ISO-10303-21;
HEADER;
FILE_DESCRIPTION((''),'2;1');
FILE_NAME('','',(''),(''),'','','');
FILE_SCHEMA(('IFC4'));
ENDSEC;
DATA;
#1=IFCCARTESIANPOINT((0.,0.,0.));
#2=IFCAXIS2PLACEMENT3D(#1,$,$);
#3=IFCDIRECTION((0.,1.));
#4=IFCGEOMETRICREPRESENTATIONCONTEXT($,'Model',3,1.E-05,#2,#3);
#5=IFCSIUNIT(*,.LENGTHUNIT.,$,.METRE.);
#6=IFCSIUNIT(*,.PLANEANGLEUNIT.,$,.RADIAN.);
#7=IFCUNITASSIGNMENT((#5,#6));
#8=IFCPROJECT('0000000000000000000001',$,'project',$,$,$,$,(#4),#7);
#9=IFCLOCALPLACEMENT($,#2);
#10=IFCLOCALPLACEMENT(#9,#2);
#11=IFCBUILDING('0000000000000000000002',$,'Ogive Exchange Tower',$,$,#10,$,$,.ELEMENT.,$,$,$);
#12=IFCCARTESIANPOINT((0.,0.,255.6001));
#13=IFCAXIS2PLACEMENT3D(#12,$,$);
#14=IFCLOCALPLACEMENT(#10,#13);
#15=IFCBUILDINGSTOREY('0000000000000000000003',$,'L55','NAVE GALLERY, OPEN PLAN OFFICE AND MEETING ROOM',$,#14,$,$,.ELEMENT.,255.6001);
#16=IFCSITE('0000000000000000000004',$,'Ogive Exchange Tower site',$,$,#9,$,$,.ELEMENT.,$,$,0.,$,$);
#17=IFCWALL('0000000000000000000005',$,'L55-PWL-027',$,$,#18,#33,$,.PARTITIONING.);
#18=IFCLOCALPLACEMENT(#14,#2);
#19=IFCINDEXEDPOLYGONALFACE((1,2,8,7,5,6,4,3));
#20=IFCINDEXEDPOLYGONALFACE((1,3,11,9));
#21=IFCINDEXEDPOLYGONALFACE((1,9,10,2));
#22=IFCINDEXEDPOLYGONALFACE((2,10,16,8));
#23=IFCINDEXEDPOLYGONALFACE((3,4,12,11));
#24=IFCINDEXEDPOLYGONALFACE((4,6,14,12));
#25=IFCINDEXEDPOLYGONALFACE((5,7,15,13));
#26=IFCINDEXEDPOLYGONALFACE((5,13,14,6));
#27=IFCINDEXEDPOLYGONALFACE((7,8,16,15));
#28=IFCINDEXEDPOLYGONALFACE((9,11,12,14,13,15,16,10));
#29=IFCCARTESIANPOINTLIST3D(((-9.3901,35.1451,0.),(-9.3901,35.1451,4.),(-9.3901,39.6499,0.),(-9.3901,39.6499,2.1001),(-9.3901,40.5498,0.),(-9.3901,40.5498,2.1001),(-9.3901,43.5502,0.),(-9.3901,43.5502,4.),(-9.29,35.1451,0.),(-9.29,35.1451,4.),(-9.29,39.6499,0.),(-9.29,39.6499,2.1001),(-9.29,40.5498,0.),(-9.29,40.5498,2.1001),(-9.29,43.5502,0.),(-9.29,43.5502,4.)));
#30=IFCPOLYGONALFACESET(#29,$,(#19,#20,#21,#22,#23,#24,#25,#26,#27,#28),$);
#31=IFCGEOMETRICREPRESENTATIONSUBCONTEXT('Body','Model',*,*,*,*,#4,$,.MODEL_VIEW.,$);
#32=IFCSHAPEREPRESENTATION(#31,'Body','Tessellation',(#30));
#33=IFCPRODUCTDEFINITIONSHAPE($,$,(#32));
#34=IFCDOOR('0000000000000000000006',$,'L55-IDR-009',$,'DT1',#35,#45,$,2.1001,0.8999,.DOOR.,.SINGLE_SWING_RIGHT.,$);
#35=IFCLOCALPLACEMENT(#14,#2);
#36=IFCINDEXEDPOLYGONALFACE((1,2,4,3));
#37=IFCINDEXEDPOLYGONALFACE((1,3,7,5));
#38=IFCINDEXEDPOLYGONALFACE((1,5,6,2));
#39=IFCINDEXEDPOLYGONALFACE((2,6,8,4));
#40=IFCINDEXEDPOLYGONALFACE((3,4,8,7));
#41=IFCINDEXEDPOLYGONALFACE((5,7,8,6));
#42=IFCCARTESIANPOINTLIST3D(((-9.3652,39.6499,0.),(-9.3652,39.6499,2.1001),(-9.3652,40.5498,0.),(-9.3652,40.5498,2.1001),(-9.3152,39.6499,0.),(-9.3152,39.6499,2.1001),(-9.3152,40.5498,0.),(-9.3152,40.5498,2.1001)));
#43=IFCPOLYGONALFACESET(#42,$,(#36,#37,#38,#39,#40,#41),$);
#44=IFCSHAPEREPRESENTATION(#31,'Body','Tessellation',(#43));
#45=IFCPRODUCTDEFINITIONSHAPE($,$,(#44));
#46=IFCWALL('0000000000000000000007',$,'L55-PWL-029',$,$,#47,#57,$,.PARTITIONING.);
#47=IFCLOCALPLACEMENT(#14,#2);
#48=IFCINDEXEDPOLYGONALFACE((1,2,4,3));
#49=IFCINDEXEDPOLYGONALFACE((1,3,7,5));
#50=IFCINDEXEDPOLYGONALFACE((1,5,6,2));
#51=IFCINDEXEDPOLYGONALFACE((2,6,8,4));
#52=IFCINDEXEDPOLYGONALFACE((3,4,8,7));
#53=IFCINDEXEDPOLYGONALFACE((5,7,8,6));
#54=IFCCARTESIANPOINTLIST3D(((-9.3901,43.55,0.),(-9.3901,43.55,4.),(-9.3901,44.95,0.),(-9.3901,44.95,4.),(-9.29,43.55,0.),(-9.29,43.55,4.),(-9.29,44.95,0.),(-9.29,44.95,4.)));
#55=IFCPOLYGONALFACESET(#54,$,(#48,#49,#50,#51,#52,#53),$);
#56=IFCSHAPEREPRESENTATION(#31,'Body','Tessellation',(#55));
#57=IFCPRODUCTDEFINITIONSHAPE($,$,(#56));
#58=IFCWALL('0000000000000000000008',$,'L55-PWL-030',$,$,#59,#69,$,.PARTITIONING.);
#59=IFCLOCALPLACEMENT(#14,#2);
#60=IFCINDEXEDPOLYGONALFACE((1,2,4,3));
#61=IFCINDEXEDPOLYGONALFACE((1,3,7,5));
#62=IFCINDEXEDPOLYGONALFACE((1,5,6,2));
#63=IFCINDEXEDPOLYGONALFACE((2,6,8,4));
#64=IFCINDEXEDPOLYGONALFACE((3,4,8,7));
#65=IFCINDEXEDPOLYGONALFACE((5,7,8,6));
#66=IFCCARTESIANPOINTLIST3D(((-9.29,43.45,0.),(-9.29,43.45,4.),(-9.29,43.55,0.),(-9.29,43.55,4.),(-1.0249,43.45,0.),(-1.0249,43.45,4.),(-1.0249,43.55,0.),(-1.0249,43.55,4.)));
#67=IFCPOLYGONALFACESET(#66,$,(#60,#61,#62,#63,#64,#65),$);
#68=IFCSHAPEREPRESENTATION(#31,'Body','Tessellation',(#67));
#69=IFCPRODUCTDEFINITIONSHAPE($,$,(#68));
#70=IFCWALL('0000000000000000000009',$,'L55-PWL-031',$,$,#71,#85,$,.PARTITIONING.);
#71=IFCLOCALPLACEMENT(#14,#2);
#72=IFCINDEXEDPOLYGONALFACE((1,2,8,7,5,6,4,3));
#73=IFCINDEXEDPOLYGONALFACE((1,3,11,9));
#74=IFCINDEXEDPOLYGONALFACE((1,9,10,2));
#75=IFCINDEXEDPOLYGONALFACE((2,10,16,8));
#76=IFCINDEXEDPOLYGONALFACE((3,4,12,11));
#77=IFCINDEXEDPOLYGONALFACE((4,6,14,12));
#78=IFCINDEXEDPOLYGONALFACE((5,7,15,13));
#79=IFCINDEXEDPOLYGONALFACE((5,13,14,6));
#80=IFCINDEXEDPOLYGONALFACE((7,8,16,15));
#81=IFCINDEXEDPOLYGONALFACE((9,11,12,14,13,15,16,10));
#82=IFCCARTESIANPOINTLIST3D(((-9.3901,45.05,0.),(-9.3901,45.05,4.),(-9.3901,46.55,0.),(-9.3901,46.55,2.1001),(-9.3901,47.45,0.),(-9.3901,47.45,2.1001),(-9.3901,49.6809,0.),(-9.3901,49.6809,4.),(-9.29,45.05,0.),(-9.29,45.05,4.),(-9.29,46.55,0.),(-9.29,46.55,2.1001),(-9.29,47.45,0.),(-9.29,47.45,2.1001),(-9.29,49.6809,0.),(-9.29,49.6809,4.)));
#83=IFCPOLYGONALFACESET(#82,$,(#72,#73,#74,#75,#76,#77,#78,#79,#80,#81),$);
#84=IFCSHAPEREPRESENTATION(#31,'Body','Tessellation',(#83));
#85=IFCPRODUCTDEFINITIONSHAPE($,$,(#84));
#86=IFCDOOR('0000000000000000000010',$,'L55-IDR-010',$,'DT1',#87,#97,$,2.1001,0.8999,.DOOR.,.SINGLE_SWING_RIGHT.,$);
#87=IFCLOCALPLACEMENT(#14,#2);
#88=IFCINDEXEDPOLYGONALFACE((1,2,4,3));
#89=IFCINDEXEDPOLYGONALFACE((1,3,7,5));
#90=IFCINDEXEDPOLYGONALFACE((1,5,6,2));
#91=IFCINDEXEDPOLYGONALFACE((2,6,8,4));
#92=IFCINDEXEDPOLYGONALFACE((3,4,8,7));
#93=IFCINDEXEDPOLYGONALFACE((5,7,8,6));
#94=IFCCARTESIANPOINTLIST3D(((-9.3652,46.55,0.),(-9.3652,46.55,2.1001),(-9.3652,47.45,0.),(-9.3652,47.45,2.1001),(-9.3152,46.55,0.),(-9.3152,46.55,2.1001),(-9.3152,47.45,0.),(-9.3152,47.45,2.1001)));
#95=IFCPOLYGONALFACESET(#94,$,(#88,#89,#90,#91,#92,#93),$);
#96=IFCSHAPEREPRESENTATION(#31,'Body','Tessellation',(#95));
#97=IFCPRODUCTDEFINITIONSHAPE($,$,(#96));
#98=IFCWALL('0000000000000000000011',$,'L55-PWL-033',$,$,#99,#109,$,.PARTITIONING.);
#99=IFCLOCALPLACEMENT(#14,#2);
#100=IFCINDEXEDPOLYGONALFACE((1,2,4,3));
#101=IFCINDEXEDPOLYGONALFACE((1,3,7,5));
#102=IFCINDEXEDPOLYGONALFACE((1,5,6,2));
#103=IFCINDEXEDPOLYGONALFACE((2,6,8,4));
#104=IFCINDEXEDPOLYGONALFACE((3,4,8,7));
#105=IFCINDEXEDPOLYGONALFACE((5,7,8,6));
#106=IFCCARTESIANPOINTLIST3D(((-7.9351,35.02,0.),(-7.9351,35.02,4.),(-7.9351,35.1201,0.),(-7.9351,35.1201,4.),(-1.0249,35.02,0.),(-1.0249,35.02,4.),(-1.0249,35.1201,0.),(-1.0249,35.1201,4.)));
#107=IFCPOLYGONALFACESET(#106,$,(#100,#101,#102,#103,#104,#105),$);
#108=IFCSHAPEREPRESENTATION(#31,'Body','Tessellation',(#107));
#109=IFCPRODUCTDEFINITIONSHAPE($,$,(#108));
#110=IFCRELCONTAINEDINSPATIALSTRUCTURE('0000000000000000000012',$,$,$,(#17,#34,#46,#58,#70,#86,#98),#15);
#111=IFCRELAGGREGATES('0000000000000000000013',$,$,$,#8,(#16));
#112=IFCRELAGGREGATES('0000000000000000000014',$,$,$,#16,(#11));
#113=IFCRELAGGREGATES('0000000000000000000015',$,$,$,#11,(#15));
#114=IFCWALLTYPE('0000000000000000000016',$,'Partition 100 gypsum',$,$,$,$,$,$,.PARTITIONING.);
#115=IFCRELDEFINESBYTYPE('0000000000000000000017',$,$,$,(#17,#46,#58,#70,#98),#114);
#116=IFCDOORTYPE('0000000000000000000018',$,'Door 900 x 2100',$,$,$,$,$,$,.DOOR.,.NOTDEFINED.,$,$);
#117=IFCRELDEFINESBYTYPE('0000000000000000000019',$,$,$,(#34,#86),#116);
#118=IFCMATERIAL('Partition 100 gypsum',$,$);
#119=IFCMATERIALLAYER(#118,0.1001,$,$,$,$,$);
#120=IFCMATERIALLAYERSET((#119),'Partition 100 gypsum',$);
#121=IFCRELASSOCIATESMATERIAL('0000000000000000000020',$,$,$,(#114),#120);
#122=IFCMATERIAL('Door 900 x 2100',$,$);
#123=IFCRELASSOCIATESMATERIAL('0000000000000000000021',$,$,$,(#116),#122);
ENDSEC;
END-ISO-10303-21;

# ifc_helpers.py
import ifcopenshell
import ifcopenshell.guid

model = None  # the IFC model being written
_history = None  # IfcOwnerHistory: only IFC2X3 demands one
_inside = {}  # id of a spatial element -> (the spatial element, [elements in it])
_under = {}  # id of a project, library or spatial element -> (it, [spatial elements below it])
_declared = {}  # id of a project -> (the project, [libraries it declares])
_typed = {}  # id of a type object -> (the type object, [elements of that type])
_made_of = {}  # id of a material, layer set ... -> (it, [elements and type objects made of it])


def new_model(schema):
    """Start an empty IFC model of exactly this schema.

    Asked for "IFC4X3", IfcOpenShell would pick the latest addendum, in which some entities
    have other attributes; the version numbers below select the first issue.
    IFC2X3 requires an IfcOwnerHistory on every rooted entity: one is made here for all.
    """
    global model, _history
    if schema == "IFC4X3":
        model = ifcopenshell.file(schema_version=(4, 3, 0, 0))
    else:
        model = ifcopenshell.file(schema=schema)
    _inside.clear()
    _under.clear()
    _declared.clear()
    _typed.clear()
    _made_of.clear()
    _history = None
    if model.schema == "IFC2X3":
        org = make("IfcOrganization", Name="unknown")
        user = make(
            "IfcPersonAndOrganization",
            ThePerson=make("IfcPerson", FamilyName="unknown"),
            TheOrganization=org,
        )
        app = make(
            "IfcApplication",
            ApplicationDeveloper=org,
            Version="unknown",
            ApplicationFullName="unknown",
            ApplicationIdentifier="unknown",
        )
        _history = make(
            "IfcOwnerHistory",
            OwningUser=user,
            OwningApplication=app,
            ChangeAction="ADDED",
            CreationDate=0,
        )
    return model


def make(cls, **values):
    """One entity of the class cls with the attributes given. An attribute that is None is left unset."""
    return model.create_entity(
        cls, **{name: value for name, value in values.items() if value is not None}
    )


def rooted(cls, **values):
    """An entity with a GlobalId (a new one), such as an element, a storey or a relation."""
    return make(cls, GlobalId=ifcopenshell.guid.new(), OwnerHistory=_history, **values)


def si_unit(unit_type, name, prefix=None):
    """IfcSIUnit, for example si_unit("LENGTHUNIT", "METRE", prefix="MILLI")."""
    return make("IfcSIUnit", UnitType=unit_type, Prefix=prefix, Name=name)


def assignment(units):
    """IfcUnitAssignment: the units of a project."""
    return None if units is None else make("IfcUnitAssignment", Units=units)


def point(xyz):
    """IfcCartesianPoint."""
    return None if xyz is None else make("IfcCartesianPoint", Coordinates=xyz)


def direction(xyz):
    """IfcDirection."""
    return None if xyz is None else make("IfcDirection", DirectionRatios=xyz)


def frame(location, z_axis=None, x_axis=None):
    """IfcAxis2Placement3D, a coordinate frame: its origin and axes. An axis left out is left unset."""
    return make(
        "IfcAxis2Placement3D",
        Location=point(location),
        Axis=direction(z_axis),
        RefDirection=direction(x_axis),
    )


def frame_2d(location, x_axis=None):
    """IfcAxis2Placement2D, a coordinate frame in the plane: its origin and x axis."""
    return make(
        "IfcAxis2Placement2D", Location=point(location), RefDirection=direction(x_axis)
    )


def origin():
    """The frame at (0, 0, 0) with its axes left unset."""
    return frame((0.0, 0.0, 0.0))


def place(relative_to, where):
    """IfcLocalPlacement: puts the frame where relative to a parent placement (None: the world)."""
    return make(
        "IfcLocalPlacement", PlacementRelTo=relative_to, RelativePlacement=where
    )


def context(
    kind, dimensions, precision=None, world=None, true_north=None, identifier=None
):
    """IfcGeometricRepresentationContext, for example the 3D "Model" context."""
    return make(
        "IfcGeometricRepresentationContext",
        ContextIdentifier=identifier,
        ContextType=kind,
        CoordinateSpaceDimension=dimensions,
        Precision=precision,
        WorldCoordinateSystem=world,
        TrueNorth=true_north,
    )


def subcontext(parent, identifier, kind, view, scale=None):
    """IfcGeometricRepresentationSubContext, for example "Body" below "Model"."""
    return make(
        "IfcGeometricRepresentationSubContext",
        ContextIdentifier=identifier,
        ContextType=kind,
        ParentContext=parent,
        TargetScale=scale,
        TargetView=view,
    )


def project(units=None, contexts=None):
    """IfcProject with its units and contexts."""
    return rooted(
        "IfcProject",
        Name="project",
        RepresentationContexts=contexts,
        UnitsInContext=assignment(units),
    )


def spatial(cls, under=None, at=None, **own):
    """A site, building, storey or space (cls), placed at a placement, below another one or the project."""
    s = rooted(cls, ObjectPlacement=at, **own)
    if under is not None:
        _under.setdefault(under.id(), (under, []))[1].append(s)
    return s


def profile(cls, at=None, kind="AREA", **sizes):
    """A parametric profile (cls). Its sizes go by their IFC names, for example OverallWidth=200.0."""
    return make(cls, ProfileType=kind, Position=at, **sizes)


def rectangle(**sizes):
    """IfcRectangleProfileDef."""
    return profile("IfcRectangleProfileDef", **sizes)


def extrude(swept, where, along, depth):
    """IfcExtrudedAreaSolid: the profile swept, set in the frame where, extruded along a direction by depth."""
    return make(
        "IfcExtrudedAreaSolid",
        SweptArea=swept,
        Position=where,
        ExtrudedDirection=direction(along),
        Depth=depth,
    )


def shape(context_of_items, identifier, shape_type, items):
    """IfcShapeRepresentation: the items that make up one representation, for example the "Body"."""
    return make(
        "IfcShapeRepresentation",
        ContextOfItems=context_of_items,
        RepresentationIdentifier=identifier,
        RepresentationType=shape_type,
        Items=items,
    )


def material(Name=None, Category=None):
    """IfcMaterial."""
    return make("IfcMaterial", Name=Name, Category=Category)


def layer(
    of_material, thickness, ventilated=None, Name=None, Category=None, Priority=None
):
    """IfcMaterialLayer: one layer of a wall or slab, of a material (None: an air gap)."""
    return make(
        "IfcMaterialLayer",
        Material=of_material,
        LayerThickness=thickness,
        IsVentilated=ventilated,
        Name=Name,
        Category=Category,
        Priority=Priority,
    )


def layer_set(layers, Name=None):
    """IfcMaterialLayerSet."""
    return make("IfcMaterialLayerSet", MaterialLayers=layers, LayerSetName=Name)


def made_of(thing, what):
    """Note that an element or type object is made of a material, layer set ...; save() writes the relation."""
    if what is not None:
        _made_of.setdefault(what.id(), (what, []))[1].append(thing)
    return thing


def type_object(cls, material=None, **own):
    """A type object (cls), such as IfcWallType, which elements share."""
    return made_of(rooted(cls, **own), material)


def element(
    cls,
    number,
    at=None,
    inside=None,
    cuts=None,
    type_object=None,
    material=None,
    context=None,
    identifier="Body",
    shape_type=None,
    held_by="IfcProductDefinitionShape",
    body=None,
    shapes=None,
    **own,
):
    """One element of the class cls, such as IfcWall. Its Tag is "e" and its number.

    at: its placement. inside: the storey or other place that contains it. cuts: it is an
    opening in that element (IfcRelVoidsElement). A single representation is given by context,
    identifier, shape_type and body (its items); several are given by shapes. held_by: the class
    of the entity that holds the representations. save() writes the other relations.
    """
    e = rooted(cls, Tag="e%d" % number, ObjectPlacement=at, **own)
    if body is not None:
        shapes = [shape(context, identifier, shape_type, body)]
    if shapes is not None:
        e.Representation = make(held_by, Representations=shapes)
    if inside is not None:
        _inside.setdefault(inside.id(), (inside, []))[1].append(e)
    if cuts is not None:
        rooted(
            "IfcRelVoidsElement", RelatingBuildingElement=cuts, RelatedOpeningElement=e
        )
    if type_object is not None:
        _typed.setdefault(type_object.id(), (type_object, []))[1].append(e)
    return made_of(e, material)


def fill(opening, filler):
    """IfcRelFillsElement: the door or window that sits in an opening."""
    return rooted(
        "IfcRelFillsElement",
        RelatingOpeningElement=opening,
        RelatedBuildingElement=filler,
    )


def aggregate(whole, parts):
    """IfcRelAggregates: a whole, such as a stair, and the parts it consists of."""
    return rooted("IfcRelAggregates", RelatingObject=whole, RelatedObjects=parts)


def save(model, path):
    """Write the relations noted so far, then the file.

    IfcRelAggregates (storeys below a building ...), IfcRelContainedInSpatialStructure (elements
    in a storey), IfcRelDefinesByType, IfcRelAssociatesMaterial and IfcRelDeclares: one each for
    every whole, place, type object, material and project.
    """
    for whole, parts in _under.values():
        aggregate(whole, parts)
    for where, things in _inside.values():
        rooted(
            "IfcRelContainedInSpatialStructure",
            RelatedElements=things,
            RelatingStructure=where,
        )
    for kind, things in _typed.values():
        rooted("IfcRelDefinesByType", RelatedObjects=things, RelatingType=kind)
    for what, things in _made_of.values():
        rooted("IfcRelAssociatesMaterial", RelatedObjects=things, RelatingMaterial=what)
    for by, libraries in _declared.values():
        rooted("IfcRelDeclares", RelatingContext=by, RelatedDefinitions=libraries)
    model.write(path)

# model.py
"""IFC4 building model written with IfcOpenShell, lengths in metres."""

from ifc_helpers import new_model, si_unit, direction, frame, frame_2d, origin, place, context, subcontext, project, spatial, rectangle, extrude, material, layer, layer_set, type_object, element, fill, save


model = new_model("IFC4")

# Units and contexts
model_context = context("Model", 3, precision=1e-05, world=origin(), true_north=direction((0.0, 1.0)))
body_context = subcontext(model_context, "Body", "Model", "MODEL_VIEW")
ifc_project = project(units=[si_unit("LENGTHUNIT", "METRE"), si_unit("PLANEANGLEUNIT", "RADIAN")], contexts=[model_context])

# Site, building, storey
site_placement = place(None, origin())
site = spatial("IfcSite", under=ifc_project, at=site_placement, Name="Ogive Exchange Tower site", CompositionType="ELEMENT", RefElevation=0.0)
building_placement = place(site_placement, origin())
building = spatial("IfcBuilding", under=site, at=building_placement, Name="Ogive Exchange Tower", CompositionType="ELEMENT")
storey_placement = place(building_placement, frame((0.0, 0.0, 255.6001)))
storey = spatial("IfcBuildingStorey", under=building, at=storey_placement, Name="L55", Description="NAVE GALLERY, OPEN PLAN OFFICE AND MEETING ROOM", CompositionType="ELEMENT", Elevation=255.6001)

# Shared definitions
ifc_material_1 = material(Name="Partition 100 gypsum")
ifc_layer_1 = layer(ifc_material_1, 0.1001)
ifc_layer_set_1 = layer_set([ifc_layer_1], Name="Partition 100 gypsum")
wall_type_1 = type_object("IfcWallType", Name="Partition 100 gypsum", PredefinedType="PARTITIONING", material=ifc_layer_set_1)

# Wall, opening, door
wall_1_placement = place(storey_placement, frame((-9.3401, 35.145, 0.0), z_axis=(0.0, 0.0, 1.0), x_axis=(0.0, 1.0, 0.0)))
wall_1 = element("IfcWall", 1, at=wall_1_placement, inside=storey, type_object=wall_type_1, Name="L55-PWL-027", PredefinedType="PARTITIONING", context=body_context, shape_type="SweptSolid", body=[
    extrude(rectangle(XDim=8.405, YDim=0.1001, at=frame_2d((4.2026, 0.0))), origin(), (0.0, 0.0, 1.0), 4.0),
])
opening_1_placement = place(wall_1_placement, frame((4.5049, 0.0, 0.0)))
opening_1 = element("IfcOpeningElement", 2, at=opening_1_placement, cuts=wall_1, PredefinedType="OPENING", context=body_context, shape_type="SweptSolid", body=[
    extrude(rectangle(XDim=0.8999, YDim=2.1001, at=frame_2d((0.45, 1.05))), frame((0.0, 0.0601, 0.0), z_axis=(0.0, -1.0, 0.0), x_axis=(1.0, 0.0, 0.0)), (0.0, 0.0, 1.0), 0.1201),
])
ifc_material_2 = material(Name="Door 900 x 2100")
door_type = type_object("IfcDoorType", Name="Door 900 x 2100", OperationType="NOTDEFINED", PredefinedType="DOOR", material=ifc_material_2)
door_1_placement = place(opening_1_placement, frame((0.8999, 0.0, 0.0), z_axis=(0.0, 0.0, 1.0), x_axis=(-1.0, 0.0, 0.0)))
door_1 = element("IfcDoor", 3, at=door_1_placement, inside=storey, type_object=door_type, Name="L55-IDR-009", ObjectType="DT1", OperationType="SINGLE_SWING_RIGHT", OverallHeight=2.1001, OverallWidth=0.8999, PredefinedType="DOOR", context=body_context, shape_type="SweptSolid", body=[
    extrude(rectangle(XDim=0.8999, YDim=2.1001, at=frame_2d((0.45, 1.05))), frame((0.0, 0.0249, 0.0), z_axis=(0.0, -1.0, 0.0), x_axis=(1.0, 0.0, 0.0)), (0.0, 0.0, 1.0), 0.05),
])
fill(opening_1, door_1)

# Walls
wall_2_placement = place(storey_placement, frame((-9.3401, 43.55, 0.0), z_axis=(0.0, 0.0, 1.0), x_axis=(0.0, 1.0, 0.0)))
element("IfcWall", 4, at=wall_2_placement, inside=storey, type_object=wall_type_1, Name="L55-PWL-029", PredefinedType="PARTITIONING", context=body_context, shape_type="SweptSolid", body=[
    extrude(rectangle(XDim=1.3999, YDim=0.1001, at=frame_2d((0.7, 0.0))), origin(), (0.0, 0.0, 1.0), 4.0),
])
wall_3_placement = place(storey_placement, frame((-9.29, 43.5, 0.0), z_axis=(0.0, 0.0, 1.0), x_axis=(1.0, 0.0, 0.0)))
element("IfcWall", 5, at=wall_3_placement, inside=storey, type_object=wall_type_1, Name="L55-PWL-030", PredefinedType="PARTITIONING", context=body_context, shape_type="SweptSolid", body=[
    extrude(rectangle(XDim=8.2651, YDim=0.1001, at=frame_2d((4.1326, 0.0))), origin(), (0.0, 0.0, 1.0), 4.0),
])

# Wall, opening, door
wall_4_placement = place(storey_placement, frame((-9.3401, 45.05, 0.0), z_axis=(0.0, 0.0, 1.0), x_axis=(0.0, 1.0, 0.0)))
wall_4 = element("IfcWall", 6, at=wall_4_placement, inside=storey, type_object=wall_type_1, Name="L55-PWL-031", PredefinedType="PARTITIONING", context=body_context, shape_type="SweptSolid", body=[
    extrude(rectangle(XDim=4.6309, YDim=0.1001, at=frame_2d((2.3154, 0.0))), origin(), (0.0, 0.0, 1.0), 4.0),
])
opening_2_placement = place(wall_4_placement, frame((1.5, 0.0, 0.0)))
opening_2 = element("IfcOpeningElement", 7, at=opening_2_placement, cuts=wall_4, PredefinedType="OPENING", context=body_context, shape_type="SweptSolid", body=[
    extrude(rectangle(XDim=0.8999, YDim=2.1001, at=frame_2d((0.45, 1.05))), frame((0.0, 0.0601, 0.0), z_axis=(0.0, -1.0, 0.0), x_axis=(1.0, 0.0, 0.0)), (0.0, 0.0, 1.0), 0.1201),
])
door_2_placement = place(opening_2_placement, frame((0.8999, 0.0, 0.0), z_axis=(0.0, 0.0, 1.0), x_axis=(-1.0, 0.0, 0.0)))
door_2 = element("IfcDoor", 8, at=door_2_placement, inside=storey, type_object=door_type, Name="L55-IDR-010", ObjectType="DT1", OperationType="SINGLE_SWING_RIGHT", OverallHeight=2.1001, OverallWidth=0.8999, PredefinedType="DOOR", context=body_context, shape_type="SweptSolid", body=[
    extrude(rectangle(XDim=0.8999, YDim=2.1001, at=frame_2d((0.45, 1.05))), frame((0.0, 0.0249, 0.0), z_axis=(0.0, -1.0, 0.0), x_axis=(1.0, 0.0, 0.0)), (0.0, 0.0, 1.0), 0.05),
])
fill(opening_2, door_2)

# Wall
wall_5_placement = place(storey_placement, frame((-7.9351, 35.0701, 0.0), z_axis=(0.0, 0.0, 1.0), x_axis=(1.0, 0.0, 0.0)))
element("IfcWall", 9, at=wall_5_placement, inside=storey, type_object=wall_type_1, Name="L55-PWL-033", PredefinedType="PARTITIONING", context=body_context, shape_type="SweptSolid", body=[
    extrude(rectangle(XDim=6.9102, YDim=0.1001, at=frame_2d((3.4551, 0.0))), origin(), (0.0, 0.0, 1.0), 4.0),
])

save(model, "model.ifc")
